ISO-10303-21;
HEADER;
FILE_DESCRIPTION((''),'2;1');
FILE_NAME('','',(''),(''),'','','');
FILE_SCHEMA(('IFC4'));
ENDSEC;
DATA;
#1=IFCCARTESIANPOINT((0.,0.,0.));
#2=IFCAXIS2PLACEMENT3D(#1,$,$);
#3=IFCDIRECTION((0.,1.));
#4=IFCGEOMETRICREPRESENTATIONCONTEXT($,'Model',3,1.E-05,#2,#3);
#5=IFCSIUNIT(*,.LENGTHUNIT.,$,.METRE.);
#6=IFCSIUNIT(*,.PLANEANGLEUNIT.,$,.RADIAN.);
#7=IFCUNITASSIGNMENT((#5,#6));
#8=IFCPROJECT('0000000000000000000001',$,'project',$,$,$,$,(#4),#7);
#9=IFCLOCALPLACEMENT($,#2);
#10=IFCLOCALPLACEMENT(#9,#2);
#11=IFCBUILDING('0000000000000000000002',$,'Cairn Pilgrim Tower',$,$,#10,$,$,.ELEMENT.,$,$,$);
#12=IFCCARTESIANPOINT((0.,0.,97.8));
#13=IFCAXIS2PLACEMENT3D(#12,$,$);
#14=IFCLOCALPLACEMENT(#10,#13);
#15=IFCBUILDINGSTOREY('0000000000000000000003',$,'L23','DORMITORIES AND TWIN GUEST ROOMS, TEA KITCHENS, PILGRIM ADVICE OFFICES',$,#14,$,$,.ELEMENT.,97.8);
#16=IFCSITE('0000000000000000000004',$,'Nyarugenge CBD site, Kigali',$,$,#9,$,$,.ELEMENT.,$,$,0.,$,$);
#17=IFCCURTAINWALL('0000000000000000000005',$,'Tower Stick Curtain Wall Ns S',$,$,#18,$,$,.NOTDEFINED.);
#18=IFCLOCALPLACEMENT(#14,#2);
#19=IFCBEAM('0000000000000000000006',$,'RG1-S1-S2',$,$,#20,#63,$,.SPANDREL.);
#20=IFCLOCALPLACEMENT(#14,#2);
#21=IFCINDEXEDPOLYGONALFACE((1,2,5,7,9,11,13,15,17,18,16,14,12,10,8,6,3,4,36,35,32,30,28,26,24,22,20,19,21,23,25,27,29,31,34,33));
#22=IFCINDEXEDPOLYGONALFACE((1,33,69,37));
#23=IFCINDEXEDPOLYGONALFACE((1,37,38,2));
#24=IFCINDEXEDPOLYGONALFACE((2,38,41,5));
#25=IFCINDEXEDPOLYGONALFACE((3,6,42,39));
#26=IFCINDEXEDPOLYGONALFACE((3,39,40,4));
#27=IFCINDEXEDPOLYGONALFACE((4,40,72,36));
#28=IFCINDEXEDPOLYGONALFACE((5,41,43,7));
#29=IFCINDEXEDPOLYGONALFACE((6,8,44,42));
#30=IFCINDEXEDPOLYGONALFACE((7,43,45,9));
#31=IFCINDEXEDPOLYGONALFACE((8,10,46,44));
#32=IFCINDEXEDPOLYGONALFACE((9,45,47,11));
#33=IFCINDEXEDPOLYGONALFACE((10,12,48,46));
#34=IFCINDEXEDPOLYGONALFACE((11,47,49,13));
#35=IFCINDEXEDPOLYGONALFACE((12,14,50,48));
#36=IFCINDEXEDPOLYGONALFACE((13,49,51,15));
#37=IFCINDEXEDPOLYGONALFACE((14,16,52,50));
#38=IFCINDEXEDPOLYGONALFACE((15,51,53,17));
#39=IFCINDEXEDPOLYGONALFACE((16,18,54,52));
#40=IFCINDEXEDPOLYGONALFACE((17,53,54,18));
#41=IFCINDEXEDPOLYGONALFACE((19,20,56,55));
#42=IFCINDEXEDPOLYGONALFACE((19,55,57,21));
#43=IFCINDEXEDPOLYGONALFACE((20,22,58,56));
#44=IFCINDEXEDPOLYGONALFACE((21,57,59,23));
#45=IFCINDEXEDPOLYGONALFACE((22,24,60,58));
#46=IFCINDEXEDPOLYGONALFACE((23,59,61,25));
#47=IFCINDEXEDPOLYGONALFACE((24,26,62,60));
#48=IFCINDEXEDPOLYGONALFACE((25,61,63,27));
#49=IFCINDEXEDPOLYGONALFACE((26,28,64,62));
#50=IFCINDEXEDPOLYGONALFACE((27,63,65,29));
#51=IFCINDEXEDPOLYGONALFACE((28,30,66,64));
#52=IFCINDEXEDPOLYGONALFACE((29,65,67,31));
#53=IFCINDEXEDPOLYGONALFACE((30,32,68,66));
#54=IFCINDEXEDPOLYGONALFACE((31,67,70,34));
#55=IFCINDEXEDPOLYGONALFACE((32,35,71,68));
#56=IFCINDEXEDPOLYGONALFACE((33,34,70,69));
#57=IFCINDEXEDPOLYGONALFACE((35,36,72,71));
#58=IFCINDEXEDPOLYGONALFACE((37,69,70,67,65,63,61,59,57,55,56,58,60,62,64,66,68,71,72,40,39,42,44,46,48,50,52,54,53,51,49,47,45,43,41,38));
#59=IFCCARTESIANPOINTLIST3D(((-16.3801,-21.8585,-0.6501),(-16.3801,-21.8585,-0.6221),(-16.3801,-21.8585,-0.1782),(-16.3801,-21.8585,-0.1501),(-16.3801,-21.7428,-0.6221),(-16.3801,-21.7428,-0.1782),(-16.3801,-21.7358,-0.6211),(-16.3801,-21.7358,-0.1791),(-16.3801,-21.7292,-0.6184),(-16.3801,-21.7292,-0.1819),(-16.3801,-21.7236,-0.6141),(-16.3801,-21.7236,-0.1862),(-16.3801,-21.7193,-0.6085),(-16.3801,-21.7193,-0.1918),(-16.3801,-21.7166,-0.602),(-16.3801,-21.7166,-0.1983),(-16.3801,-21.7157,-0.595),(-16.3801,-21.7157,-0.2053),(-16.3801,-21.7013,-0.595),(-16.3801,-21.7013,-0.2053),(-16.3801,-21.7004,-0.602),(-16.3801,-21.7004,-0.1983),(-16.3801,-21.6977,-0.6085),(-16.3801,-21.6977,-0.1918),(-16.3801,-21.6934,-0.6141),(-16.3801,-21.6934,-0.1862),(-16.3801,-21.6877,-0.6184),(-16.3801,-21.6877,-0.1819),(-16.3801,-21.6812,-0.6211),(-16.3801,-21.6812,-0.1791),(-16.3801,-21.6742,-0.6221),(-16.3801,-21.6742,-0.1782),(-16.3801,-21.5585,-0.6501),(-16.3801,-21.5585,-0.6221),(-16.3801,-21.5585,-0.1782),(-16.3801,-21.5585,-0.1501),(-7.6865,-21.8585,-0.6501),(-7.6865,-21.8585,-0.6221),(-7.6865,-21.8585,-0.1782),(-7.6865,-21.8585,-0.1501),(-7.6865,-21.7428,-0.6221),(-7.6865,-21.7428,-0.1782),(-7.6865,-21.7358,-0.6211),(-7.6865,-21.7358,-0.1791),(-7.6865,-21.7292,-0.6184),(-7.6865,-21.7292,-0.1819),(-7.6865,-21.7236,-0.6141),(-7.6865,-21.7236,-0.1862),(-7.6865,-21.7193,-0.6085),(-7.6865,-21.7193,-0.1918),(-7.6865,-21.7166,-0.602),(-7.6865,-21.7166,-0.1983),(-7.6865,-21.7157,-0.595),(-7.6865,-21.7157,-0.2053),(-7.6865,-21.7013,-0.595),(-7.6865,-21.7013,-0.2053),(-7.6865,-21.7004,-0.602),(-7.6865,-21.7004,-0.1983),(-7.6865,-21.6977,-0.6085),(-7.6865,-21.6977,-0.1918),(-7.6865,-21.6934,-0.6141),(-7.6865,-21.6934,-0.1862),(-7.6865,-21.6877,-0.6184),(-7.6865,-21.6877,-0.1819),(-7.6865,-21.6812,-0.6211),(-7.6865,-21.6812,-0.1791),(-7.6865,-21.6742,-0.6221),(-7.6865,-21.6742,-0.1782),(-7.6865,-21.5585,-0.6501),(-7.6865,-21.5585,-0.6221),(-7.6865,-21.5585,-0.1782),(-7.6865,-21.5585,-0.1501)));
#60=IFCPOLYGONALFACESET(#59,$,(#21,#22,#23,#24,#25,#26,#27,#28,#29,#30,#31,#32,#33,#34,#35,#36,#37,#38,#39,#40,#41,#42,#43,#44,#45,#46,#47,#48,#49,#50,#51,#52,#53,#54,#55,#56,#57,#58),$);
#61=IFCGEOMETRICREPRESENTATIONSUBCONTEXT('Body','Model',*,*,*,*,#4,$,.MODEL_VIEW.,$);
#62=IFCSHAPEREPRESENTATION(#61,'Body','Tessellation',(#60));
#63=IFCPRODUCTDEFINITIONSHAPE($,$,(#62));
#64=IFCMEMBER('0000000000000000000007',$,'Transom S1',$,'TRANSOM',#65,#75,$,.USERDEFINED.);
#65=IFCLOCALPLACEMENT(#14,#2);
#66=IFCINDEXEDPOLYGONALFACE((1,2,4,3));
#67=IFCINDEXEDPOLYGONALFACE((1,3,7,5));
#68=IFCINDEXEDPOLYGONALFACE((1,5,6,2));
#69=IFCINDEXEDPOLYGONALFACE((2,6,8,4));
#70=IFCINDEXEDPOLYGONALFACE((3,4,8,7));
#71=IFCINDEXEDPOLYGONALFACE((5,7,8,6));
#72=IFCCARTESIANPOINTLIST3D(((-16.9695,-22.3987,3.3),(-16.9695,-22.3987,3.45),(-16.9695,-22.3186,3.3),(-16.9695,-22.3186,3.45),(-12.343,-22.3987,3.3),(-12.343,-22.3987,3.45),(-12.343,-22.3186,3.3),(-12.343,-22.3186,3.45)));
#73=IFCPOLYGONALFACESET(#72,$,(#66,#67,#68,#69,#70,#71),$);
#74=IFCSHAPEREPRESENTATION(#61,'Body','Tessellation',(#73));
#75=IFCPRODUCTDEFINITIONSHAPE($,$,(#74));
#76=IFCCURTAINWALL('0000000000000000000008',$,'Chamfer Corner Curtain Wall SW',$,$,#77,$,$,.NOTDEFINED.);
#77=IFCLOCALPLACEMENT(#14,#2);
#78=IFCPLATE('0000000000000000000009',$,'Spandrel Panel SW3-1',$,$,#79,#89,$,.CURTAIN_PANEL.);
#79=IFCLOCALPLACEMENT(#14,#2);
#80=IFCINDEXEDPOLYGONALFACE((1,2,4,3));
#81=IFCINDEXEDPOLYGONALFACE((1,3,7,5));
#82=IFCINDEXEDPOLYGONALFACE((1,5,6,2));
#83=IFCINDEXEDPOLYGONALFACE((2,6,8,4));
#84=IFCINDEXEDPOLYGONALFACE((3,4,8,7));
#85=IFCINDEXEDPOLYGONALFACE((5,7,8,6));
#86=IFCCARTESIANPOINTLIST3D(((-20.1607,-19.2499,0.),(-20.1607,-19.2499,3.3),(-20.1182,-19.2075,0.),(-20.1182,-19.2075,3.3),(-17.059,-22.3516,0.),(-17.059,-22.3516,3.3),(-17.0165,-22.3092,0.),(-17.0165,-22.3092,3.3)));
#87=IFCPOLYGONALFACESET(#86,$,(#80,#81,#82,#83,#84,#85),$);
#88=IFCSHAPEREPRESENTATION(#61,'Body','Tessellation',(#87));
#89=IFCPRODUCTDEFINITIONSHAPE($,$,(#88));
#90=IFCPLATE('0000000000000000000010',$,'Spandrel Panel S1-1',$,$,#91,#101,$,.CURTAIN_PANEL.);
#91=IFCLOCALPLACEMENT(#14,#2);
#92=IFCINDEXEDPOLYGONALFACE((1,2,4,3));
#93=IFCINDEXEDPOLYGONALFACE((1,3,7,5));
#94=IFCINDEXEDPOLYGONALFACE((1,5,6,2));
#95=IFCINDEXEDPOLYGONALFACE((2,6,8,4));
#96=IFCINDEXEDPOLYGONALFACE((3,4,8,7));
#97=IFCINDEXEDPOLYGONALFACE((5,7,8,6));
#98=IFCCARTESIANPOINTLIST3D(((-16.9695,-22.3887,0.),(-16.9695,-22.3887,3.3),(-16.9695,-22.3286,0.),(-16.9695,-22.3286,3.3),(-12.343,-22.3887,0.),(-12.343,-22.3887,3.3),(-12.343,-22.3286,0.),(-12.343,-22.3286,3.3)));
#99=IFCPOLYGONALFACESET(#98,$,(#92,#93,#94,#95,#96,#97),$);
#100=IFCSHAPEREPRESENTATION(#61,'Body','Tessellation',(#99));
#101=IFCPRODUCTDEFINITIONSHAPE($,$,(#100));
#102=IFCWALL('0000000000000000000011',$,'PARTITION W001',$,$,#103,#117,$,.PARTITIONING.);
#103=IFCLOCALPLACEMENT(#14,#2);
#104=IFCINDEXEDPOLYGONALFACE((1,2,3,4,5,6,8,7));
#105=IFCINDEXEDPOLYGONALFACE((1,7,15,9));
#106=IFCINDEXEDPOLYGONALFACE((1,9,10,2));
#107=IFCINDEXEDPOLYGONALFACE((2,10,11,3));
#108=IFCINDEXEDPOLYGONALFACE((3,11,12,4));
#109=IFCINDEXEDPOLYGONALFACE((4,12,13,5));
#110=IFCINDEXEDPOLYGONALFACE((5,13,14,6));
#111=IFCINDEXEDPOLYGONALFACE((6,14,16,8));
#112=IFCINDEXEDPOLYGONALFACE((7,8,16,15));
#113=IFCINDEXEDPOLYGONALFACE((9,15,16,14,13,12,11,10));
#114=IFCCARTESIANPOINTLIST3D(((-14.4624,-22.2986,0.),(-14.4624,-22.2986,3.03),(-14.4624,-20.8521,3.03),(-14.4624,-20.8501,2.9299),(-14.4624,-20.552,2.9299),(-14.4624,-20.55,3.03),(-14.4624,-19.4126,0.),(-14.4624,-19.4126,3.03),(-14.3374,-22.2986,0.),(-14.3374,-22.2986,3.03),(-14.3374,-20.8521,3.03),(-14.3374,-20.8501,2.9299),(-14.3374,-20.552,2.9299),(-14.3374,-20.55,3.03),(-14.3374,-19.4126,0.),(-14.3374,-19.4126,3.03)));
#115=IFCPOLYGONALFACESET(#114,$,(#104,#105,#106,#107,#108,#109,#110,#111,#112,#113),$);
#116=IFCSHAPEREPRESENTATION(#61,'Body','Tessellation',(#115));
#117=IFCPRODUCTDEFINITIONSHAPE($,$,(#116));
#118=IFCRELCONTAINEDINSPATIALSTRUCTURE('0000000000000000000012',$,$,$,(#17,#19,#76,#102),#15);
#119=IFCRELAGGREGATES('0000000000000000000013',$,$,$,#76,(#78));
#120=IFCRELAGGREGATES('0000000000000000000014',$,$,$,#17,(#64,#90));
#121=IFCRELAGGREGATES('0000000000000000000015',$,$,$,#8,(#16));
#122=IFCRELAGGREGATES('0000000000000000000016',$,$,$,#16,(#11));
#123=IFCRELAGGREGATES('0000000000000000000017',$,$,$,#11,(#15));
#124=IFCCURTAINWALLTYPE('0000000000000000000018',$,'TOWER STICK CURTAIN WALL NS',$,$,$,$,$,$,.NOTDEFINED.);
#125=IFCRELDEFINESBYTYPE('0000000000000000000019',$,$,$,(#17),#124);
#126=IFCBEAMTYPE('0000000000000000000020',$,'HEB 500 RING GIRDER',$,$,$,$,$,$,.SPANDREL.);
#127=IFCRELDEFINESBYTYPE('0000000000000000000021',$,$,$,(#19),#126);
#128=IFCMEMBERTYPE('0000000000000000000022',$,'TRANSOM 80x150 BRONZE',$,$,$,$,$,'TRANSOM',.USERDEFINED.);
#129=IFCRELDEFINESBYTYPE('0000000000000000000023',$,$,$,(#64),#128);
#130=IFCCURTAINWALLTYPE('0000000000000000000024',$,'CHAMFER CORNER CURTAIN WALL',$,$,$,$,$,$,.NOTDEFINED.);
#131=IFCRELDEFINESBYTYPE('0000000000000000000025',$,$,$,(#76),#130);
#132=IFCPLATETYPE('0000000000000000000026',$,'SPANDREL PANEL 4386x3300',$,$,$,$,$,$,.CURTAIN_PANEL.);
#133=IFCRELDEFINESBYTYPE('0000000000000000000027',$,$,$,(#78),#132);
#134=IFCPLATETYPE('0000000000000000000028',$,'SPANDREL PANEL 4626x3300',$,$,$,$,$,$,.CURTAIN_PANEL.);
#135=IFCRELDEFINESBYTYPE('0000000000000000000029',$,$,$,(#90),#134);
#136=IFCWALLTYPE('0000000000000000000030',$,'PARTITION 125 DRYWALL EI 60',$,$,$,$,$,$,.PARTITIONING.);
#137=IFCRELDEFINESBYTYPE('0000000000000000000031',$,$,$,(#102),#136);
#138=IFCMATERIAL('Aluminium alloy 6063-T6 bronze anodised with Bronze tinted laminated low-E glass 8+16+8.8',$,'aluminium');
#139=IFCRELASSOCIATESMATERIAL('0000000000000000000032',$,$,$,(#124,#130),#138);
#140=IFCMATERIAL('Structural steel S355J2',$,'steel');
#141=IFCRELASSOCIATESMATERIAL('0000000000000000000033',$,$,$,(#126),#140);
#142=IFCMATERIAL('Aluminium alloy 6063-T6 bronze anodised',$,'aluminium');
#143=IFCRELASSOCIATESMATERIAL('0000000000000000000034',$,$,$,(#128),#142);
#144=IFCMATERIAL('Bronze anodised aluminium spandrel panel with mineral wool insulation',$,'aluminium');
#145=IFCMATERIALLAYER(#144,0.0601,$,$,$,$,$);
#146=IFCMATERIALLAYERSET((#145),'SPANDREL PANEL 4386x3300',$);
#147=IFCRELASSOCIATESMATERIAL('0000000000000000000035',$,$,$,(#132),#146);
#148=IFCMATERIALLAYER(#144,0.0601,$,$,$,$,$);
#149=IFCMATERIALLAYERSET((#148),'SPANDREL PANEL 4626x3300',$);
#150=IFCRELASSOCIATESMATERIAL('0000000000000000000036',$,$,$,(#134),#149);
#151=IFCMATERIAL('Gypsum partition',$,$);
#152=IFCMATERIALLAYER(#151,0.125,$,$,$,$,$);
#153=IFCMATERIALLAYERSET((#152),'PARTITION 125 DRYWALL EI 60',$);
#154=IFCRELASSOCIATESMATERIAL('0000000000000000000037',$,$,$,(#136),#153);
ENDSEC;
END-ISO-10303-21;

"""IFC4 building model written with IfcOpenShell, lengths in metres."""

from ifc_helpers import new_model, si_unit, direction, frame, origin, origin_2d, place, context, subcontext, project, spatial, polyline, rectangle, i_section, outline, extrude, material, layer, layer_set, material_profile, profile_set, type_object, element, aggregate, save


model = new_model("IFC4")

# Units and contexts
model_context = context("Model", 3, precision=1e-05, world=origin(), true_north=direction((0.0, 1.0)))
body_context = subcontext(model_context, "Body", "Model", "MODEL_VIEW")
ifc_project = project(units=[si_unit("LENGTHUNIT", "METRE"), si_unit("PLANEANGLEUNIT", "RADIAN")], contexts=[model_context])

# Site, building, storey
site_placement = place(None, origin())
site = spatial("IfcSite", under=ifc_project, at=site_placement, Name="Nyarugenge CBD site, Kigali", CompositionType="ELEMENT", RefElevation=0.0)
building_placement = place(site_placement, origin())
building = spatial("IfcBuilding", under=site, at=building_placement, Name="Cairn Pilgrim Tower", CompositionType="ELEMENT")
storey_placement = place(building_placement, frame((0.0, 0.0, 97.8)))
storey = spatial("IfcBuildingStorey", under=building, at=storey_placement, Name="L23", Description="DORMITORIES AND TWIN GUEST ROOMS, TEA KITCHENS, PILGRIM ADVICE OFFICES", CompositionType="ELEMENT", Elevation=97.8)

# Shared definitions
ifc_material_1 = material(Name="Structural steel S355J2", Category="steel")

# Curtain wall
ifc_material_2 = material(Name="Aluminium alloy 6063-T6 bronze anodised with Bronze tinted laminated low-E glass 8+16+8.8", Category="aluminium")
curtain_wall_type_1 = type_object("IfcCurtainWallType", Name="TOWER STICK CURTAIN WALL NS", PredefinedType="NOTDEFINED", material=ifc_material_2)
curtain_wall_1_placement = place(storey_placement, origin())
curtain_wall_1 = element("IfcCurtainWall", 1, at=curtain_wall_1_placement, inside=storey, type_object=curtain_wall_type_1, Name="Tower Stick Curtain Wall Ns S", PredefinedType="NOTDEFINED")
ifc_material_3 = material(Name="Aluminium alloy 6063-T6 bronze anodised", Category="aluminium")

# Beam
ifc_material_profile_1 = material_profile(ifc_material_1, i_section(OverallWidth=0.3, OverallDepth=0.5, WebThickness=0.0144, FlangeThickness=0.0281, FilletRadius=0.0271, at=origin_2d()), Name="HEB 500")
ifc_profile_set_1 = profile_set([ifc_material_profile_1], Name="Structural steel S355J2")
beam_type_1 = type_object("IfcBeamType", Name="HEB 500 RING GIRDER", PredefinedType="SPANDREL", material=ifc_profile_set_1)
beam_1_placement = place(storey_placement, frame((-16.3801, -21.7085, -0.4001), z_axis=(1.0, 0.0, 0.0), x_axis=(0.0, 1.0, 0.0)))
element("IfcBeam", 2, at=beam_1_placement, inside=storey, type_object=beam_type_1, Name="RG1-S1-S2", PredefinedType="SPANDREL", context=body_context, shape_type="SweptSolid", body=[
    extrude(i_section(OverallWidth=0.3, OverallDepth=0.5, WebThickness=0.0144, FlangeThickness=0.0281, FilletRadius=0.0271, at=origin_2d()), origin(), (0.0, 0.0, 1.0), 8.6936),
])

# Member
ifc_material_profile_2 = material_profile(ifc_material_3, rectangle(XDim=0.0801, YDim=0.1499, at=origin_2d()), Name="TRANSOM 80x150 BRONZE")
ifc_profile_set_2 = profile_set([ifc_material_profile_2], Name="Aluminium alloy 6063-T6 bronze anodised")
member_type_1 = type_object("IfcMemberType", Name="TRANSOM 80x150 BRONZE", ElementType="TRANSOM", PredefinedType="USERDEFINED", material=ifc_profile_set_2)
member_1_placement = place(storey_placement, frame((-16.9695, -22.3586, 3.375), z_axis=(1.0, 0.0, 0.0), x_axis=(0.0, 1.0, 0.0)))
member_1 = element("IfcMember", 3, at=member_1_placement, type_object=member_type_1, Name="Transom S1", ObjectType="TRANSOM", PredefinedType="USERDEFINED", context=body_context, shape_type="SweptSolid", body=[
    extrude(rectangle(XDim=0.0801, YDim=0.1499, at=origin_2d()), origin(), (0.0, 0.0, 1.0), 4.6265),
])

# Curtain wall, plate
curtain_wall_type_2 = type_object("IfcCurtainWallType", Name="CHAMFER CORNER CURTAIN WALL", PredefinedType="NOTDEFINED", material=ifc_material_2)
curtain_wall_2_placement = place(storey_placement, origin())
curtain_wall_2 = element("IfcCurtainWall", 4, at=curtain_wall_2_placement, inside=storey, type_object=curtain_wall_type_2, Name="Chamfer Corner Curtain Wall SW", PredefinedType="NOTDEFINED")
ifc_material_4 = material(Name="Bronze anodised aluminium spandrel panel with mineral wool insulation", Category="aluminium")
ifc_layer_1 = layer(ifc_material_4, 0.0601)
ifc_layer_set_1 = layer_set([ifc_layer_1], Name="SPANDREL PANEL 4386x3300")
plate_type_1 = type_object("IfcPlateType", Name="SPANDREL PANEL 4386x3300", PredefinedType="CURTAIN_PANEL", material=ifc_layer_set_1)
plate_1_placement = place(storey_placement, frame((-18.5886, -20.7795, 0.0), z_axis=(0.0, 0.0, 1.0), x_axis=(0.707107, -0.707107, 0.0)))
plate_1 = element("IfcPlate", 5, at=plate_1_placement, type_object=plate_type_1, Name="Spandrel Panel SW3-1", PredefinedType="CURTAIN_PANEL", context=body_context, shape_type="SweptSolid", body=[
    extrude(rectangle(XDim=4.3865, YDim=0.0601, at=origin_2d()), origin(), (0.0, 0.0, 1.0), 3.3),
])
aggregate(curtain_wall_2, [plate_1])

# Plate
ifc_layer_2 = layer(ifc_material_4, 0.0601)
ifc_layer_set_2 = layer_set([ifc_layer_2], Name="SPANDREL PANEL 4626x3300")
plate_type_2 = type_object("IfcPlateType", Name="SPANDREL PANEL 4626x3300", PredefinedType="CURTAIN_PANEL", material=ifc_layer_set_2)
plate_2_placement = place(storey_placement, frame((-14.6562, -22.3586, 0.0), z_axis=(0.0, 0.0, 1.0), x_axis=(1.0, 0.0, 0.0)))
plate_2 = element("IfcPlate", 6, at=plate_2_placement, type_object=plate_type_2, Name="Spandrel Panel S1-1", PredefinedType="CURTAIN_PANEL", context=body_context, shape_type="SweptSolid", body=[
    extrude(rectangle(XDim=4.6265, YDim=0.0601, at=origin_2d()), origin(), (0.0, 0.0, 1.0), 3.3),
])
aggregate(curtain_wall_1, [member_1, plate_2])

# Wall
ifc_material_5 = material(Name="Gypsum partition")
ifc_layer_3 = layer(ifc_material_5, 0.125)
ifc_layer_set_3 = layer_set([ifc_layer_3], Name="PARTITION 125 DRYWALL EI 60")
wall_type_1 = type_object("IfcWallType", Name="PARTITION 125 DRYWALL EI 60", PredefinedType="PARTITIONING", material=ifc_layer_set_3)
wall_1_placement = place(storey_placement, frame((-14.3999, -22.2986, 0.0), z_axis=(0.0, 0.0, 1.0), x_axis=(0.0, 1.0, 0.0)))
element("IfcWall", 7, at=wall_1_placement, inside=storey, type_object=wall_type_1, Name="PARTITION W001", PredefinedType="PARTITIONING", context=body_context, shape_type="SweptSolid", body=[
    extrude(outline(polyline([(0.0, 0.0), (2.886, 0.0), (2.886, 3.03), (1.7485, 3.03), (1.7466, 2.9299), (1.4485, 2.9299), (1.4465, 3.03), (0.0, 3.03), (0.0, 0.0)])), frame((0.0, 0.0625, 0.0), z_axis=(0.0, -1.0, 0.0), x_axis=(1.0, 0.0, 0.0)), (0.0, 0.0, 1.0), 0.125),
])

save(model, "model.ifc")
